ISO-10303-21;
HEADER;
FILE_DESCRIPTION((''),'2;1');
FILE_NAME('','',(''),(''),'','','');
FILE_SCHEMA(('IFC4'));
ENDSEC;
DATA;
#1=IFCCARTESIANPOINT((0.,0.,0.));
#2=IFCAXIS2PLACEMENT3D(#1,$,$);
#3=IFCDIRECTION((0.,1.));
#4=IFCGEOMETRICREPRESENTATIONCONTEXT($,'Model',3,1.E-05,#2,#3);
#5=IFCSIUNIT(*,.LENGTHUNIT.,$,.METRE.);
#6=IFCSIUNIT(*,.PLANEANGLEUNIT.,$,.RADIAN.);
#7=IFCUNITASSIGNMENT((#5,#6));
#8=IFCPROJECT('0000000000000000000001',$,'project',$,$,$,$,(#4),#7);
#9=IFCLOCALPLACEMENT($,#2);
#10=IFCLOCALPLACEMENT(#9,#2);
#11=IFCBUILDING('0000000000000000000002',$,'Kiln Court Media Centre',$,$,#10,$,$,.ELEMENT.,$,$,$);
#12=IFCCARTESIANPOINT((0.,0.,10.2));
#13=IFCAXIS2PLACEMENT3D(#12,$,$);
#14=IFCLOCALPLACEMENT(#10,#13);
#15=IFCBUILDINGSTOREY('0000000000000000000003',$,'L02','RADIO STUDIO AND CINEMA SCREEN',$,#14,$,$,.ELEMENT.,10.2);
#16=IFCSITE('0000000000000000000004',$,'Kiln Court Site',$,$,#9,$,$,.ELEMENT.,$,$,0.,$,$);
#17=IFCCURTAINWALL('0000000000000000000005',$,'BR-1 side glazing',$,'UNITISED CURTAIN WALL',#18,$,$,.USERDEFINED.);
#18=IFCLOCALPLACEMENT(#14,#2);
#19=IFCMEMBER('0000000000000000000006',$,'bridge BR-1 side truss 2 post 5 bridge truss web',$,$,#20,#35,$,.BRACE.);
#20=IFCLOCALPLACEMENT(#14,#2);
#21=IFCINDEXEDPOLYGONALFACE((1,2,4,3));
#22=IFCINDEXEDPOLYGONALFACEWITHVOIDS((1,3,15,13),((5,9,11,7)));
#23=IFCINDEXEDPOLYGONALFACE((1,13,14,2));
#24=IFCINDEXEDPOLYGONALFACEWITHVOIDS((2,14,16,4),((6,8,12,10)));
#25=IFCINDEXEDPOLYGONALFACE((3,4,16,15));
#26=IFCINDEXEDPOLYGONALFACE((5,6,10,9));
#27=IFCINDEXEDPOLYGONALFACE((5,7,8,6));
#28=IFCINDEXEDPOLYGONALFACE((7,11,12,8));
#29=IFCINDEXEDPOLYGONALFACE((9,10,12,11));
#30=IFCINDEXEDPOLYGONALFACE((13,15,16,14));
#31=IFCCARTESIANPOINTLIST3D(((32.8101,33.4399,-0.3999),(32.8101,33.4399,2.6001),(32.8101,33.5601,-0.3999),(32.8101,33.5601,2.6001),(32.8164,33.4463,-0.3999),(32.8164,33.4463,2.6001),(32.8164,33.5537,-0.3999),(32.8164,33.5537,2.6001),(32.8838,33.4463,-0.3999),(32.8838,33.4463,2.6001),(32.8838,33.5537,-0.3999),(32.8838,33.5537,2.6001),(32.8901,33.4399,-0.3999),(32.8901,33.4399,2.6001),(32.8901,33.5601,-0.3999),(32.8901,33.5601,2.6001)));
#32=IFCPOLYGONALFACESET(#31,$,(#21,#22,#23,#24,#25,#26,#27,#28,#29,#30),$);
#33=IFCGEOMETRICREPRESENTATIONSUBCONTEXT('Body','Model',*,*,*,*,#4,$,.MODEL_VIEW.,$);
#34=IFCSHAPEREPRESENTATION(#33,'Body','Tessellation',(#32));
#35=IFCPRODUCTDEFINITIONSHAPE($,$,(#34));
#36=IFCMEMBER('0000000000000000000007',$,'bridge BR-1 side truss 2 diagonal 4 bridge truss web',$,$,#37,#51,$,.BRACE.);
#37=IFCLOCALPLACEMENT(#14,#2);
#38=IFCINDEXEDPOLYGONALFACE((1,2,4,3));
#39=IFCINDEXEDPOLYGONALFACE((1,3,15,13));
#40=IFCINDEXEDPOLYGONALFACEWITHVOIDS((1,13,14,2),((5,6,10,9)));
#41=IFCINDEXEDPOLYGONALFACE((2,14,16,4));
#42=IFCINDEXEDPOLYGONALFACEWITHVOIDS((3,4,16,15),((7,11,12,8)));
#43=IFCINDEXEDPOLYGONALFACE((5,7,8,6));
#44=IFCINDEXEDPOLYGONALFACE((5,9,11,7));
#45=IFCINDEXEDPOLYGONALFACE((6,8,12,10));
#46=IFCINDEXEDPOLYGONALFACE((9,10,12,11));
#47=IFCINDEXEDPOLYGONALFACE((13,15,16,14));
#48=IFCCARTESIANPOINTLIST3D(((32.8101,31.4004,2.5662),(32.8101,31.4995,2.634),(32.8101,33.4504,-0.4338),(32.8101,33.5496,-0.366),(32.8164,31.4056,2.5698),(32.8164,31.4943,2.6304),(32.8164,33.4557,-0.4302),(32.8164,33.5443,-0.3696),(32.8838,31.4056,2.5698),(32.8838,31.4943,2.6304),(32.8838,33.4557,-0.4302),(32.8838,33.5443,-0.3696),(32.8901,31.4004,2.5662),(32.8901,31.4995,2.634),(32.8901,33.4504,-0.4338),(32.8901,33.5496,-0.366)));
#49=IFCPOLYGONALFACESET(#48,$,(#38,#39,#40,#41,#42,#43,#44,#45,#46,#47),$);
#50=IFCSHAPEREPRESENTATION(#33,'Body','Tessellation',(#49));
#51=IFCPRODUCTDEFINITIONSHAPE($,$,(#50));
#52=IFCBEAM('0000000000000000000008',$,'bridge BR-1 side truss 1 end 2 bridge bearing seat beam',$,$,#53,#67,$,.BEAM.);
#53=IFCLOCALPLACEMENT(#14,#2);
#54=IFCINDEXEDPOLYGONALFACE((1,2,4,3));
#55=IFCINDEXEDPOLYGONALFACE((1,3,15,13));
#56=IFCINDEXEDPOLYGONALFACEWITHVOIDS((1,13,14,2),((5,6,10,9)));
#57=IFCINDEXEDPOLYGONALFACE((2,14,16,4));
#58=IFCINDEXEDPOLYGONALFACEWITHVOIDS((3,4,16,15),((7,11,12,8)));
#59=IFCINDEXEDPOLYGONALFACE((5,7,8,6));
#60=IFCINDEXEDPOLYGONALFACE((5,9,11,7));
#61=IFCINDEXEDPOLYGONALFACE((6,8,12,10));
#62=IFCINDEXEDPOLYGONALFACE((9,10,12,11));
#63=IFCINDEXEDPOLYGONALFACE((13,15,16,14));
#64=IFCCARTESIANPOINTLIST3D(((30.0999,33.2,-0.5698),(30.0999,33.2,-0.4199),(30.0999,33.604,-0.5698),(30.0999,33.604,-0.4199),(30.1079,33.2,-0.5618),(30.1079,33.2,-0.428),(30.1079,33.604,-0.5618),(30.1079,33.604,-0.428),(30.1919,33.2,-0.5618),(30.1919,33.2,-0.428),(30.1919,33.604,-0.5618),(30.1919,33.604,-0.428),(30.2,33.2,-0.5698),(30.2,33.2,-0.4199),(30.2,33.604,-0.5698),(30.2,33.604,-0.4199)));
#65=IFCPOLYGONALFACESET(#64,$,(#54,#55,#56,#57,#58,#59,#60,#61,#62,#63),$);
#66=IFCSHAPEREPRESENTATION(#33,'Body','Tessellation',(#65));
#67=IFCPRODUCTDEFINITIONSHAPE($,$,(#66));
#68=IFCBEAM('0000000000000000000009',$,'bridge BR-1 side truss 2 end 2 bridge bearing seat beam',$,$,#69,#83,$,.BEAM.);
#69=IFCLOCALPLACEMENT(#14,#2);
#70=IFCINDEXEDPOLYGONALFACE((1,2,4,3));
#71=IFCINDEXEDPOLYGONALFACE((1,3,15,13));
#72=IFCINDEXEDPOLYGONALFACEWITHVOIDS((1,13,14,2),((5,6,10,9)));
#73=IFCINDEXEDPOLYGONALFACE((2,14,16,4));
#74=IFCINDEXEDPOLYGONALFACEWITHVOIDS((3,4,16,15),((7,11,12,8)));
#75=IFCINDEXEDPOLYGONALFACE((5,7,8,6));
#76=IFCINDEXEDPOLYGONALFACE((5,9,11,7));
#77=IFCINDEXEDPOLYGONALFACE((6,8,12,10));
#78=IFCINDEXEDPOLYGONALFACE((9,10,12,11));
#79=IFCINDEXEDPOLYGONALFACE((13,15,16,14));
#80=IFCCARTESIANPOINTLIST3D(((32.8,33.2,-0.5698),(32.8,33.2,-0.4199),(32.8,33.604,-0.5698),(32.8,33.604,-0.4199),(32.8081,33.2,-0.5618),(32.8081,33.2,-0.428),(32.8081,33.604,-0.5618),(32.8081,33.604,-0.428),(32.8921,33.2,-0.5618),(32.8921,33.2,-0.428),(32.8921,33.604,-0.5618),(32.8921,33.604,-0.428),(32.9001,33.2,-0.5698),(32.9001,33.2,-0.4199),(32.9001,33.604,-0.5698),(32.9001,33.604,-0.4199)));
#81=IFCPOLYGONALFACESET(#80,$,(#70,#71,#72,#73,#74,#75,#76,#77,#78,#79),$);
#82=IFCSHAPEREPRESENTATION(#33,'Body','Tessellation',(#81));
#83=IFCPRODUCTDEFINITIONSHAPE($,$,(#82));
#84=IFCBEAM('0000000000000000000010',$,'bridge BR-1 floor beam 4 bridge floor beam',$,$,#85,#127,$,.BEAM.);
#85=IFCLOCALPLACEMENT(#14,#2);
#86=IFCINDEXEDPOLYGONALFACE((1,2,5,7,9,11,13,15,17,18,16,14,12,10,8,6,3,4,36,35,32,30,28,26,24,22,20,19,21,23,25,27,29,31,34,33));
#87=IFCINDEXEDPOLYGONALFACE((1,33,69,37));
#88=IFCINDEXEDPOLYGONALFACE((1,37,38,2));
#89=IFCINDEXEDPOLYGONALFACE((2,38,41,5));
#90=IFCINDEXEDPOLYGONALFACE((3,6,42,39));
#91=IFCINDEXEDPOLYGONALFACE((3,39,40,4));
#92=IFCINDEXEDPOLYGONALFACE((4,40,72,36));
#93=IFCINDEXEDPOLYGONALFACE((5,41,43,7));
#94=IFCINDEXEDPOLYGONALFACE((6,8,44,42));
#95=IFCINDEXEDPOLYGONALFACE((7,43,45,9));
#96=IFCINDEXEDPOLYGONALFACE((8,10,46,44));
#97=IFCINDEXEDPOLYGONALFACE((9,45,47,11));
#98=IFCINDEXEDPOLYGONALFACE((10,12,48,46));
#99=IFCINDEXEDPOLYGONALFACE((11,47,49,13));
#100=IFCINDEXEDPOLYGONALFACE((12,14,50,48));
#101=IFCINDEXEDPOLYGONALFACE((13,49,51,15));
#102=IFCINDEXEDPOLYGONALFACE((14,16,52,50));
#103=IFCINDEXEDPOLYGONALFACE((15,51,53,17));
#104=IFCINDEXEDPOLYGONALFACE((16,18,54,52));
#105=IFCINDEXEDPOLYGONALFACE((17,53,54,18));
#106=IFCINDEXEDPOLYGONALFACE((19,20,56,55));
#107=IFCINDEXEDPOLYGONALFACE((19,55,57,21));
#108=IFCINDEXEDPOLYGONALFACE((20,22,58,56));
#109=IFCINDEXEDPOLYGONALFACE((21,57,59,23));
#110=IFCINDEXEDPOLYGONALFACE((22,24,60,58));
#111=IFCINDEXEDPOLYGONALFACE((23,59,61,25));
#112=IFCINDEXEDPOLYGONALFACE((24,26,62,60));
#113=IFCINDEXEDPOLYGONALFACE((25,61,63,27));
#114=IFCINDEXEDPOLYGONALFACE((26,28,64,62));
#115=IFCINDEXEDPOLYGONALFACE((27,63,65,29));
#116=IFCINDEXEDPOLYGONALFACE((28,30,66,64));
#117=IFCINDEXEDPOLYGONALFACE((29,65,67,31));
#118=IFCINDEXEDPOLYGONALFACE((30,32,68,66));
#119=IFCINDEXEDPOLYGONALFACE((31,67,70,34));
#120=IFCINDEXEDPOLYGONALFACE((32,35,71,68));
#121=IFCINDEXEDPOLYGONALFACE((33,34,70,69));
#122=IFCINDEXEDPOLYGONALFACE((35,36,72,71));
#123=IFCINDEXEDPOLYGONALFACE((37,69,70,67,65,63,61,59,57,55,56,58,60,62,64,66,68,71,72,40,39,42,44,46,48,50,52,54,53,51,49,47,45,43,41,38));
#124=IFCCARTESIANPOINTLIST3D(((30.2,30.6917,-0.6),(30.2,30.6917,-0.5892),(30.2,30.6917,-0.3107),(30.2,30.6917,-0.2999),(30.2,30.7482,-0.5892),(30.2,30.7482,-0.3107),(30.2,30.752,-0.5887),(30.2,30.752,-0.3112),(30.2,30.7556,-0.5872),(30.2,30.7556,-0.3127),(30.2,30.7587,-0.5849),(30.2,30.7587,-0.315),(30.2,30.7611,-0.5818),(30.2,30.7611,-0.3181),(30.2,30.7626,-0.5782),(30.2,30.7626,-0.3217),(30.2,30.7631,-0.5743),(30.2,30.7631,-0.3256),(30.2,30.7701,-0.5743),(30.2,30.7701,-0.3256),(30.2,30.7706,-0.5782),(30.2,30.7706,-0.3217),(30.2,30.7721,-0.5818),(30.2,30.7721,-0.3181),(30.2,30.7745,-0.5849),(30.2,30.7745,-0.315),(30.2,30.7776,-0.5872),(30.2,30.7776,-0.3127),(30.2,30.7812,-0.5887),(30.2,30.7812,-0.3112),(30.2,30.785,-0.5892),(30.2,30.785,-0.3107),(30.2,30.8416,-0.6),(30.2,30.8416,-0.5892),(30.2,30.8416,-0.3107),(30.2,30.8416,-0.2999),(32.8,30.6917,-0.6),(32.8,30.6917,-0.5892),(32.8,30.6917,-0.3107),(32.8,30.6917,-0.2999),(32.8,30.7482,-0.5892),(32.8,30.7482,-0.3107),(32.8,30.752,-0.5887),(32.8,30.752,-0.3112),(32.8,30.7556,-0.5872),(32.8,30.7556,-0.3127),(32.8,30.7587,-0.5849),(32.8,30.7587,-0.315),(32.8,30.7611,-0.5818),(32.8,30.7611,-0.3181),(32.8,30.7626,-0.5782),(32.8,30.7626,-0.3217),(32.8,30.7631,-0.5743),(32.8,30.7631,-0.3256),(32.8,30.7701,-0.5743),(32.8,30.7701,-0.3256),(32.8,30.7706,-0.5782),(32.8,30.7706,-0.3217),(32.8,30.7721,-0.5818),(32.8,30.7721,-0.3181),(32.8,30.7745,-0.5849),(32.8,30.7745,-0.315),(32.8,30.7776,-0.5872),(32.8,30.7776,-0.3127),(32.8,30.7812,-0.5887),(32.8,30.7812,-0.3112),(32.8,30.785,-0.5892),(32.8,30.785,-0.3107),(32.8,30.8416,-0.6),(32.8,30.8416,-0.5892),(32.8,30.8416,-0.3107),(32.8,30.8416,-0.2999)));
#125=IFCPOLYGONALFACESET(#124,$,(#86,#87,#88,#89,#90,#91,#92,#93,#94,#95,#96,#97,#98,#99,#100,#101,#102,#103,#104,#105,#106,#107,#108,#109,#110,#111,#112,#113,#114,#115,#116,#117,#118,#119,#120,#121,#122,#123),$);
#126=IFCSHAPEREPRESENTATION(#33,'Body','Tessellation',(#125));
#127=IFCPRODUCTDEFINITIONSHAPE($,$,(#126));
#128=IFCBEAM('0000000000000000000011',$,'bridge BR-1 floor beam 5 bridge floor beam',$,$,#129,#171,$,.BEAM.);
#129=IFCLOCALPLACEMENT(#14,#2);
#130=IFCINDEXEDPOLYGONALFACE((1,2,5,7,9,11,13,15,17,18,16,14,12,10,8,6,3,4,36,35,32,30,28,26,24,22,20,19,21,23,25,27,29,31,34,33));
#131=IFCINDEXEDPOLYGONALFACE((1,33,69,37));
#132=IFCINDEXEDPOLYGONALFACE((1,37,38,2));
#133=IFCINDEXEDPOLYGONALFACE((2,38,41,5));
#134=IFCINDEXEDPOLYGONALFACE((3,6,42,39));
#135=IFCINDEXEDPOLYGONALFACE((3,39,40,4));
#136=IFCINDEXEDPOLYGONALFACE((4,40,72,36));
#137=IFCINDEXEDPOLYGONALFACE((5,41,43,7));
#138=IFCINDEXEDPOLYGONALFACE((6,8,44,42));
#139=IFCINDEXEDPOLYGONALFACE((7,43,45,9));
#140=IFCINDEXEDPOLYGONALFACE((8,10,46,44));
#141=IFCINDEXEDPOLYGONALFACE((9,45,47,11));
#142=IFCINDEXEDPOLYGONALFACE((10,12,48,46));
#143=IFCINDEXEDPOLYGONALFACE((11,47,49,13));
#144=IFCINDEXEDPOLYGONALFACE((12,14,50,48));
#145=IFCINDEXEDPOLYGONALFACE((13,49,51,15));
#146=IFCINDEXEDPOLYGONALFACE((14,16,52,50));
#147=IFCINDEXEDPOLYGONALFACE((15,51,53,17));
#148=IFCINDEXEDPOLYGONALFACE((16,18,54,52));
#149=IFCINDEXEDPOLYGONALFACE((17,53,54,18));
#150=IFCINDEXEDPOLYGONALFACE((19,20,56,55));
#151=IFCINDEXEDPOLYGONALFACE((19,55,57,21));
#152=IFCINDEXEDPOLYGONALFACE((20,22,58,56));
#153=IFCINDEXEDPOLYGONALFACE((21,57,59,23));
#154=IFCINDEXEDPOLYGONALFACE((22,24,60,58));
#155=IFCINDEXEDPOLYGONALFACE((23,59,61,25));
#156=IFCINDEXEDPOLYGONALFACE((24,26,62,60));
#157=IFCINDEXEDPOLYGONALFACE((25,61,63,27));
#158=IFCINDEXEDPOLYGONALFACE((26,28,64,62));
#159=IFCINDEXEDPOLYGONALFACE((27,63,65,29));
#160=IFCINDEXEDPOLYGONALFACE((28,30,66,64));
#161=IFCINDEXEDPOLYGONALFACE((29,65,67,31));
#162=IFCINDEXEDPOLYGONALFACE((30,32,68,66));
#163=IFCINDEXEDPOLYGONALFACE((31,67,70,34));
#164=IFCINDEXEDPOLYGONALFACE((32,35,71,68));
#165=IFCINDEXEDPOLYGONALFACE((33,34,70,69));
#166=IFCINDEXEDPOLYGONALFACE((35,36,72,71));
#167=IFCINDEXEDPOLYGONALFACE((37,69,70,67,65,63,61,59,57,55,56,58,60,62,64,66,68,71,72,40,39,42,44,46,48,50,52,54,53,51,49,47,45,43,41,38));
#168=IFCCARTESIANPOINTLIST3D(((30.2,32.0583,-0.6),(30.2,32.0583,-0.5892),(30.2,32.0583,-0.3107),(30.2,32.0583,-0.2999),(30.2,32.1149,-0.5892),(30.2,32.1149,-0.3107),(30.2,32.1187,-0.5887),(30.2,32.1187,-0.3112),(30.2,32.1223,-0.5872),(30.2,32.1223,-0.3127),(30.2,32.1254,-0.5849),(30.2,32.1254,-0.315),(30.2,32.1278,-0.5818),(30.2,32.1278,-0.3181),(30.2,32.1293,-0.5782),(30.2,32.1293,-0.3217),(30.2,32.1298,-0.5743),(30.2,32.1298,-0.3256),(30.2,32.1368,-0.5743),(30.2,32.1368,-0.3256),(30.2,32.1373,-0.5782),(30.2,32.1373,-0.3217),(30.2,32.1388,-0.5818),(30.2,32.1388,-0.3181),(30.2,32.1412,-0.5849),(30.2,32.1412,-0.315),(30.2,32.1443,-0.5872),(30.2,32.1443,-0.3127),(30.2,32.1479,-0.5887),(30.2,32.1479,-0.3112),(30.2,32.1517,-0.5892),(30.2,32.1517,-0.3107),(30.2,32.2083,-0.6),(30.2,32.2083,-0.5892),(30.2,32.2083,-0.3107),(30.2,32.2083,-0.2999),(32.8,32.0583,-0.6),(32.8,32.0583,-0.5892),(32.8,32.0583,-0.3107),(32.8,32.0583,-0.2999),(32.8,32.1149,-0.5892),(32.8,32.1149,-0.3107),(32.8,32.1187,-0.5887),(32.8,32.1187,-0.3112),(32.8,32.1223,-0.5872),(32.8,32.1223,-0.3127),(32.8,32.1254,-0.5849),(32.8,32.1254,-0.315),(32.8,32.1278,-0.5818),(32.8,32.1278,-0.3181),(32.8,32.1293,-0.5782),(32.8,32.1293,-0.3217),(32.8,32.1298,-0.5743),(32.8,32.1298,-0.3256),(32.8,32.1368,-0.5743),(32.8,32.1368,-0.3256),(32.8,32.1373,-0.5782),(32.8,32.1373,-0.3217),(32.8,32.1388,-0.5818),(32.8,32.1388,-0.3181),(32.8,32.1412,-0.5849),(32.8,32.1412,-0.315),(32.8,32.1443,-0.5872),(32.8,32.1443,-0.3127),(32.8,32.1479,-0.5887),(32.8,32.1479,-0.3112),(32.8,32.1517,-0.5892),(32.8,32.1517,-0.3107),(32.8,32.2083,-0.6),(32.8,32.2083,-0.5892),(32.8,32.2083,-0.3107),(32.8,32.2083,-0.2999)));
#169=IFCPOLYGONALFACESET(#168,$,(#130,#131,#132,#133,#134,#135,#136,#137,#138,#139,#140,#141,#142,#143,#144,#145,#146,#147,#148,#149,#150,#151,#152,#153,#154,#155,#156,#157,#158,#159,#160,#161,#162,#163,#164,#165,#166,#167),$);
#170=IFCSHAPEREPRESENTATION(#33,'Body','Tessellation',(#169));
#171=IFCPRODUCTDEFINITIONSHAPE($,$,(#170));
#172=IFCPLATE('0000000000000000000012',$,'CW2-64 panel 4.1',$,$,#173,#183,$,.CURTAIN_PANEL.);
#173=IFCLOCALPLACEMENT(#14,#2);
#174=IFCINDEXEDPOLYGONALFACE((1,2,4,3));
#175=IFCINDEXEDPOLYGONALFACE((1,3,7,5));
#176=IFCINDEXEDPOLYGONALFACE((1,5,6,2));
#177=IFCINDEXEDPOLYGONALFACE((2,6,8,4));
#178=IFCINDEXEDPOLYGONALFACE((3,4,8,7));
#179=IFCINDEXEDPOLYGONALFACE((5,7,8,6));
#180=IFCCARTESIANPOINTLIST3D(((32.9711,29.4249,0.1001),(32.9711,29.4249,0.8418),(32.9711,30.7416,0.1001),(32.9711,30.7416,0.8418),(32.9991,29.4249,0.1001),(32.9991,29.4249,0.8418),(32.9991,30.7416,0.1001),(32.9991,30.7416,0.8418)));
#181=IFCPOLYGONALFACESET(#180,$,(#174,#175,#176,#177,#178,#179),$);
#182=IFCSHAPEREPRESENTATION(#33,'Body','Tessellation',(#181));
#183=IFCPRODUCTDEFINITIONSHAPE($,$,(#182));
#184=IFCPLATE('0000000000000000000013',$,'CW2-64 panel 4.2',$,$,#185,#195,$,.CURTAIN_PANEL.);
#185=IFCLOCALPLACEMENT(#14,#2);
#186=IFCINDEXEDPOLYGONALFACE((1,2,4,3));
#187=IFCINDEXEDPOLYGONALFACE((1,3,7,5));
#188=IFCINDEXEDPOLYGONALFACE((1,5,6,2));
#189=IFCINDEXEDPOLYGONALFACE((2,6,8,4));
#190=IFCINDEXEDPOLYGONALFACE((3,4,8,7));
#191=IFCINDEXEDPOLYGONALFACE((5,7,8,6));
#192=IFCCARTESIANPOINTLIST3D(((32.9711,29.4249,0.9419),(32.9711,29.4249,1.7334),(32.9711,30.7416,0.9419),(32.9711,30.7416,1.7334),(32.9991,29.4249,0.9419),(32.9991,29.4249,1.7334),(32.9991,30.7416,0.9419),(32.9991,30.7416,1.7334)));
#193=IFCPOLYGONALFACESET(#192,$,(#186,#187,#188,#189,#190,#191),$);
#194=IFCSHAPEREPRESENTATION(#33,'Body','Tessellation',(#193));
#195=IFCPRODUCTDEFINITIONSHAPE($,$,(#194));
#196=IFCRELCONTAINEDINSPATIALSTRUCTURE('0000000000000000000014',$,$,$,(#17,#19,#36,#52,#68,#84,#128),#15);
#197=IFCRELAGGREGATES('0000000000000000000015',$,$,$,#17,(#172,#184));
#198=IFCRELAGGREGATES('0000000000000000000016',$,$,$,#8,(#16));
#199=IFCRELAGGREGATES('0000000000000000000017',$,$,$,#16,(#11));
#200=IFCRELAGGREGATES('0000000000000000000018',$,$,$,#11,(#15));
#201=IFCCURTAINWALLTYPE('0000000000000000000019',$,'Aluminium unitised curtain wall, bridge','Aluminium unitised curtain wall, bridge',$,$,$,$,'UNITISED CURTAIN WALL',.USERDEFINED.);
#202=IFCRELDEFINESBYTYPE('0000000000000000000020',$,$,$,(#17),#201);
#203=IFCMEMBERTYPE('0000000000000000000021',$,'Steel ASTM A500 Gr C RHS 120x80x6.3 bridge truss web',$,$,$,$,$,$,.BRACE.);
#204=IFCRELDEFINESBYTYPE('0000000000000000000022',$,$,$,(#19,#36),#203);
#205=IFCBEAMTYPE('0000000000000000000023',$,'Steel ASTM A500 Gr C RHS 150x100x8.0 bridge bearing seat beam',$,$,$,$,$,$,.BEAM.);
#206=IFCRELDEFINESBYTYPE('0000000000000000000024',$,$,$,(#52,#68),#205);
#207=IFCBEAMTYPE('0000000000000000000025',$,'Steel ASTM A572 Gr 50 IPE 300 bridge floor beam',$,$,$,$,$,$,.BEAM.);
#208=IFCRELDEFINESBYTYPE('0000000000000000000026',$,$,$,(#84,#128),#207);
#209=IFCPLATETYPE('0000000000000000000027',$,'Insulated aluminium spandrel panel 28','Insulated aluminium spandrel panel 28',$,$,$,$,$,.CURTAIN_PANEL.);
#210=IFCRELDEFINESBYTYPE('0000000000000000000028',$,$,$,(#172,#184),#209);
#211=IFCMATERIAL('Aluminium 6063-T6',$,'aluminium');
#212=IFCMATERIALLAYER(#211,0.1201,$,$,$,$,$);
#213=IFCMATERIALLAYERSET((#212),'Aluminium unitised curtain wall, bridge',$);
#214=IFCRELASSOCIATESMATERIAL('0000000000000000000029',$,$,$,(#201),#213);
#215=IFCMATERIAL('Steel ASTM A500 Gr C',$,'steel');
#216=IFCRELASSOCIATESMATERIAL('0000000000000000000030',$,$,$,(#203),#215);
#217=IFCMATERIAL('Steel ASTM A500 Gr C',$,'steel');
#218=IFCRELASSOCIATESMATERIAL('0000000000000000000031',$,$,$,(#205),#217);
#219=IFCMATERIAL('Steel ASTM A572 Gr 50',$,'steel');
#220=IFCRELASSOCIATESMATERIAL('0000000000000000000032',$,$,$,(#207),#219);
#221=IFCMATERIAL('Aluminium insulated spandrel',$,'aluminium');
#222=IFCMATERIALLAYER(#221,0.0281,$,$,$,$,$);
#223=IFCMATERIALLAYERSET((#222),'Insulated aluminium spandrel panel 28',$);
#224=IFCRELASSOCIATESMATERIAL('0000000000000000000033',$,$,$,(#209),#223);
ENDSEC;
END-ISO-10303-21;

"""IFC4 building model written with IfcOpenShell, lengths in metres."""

from ifc_helpers import new_model, si_unit, direction, frame, origin, origin_2d, place, context, subcontext, project, spatial, rectangle, hollow_rectangle, i_section, extrude, material, layer, layer_set, material_profile, profile_set, type_object, element, aggregate, save


model = new_model("IFC4")

# Units and contexts
model_context = context("Model", 3, precision=1e-05, world=origin(), true_north=direction((0.0, 1.0)))
body_context = subcontext(model_context, "Body", "Model", "MODEL_VIEW")
ifc_project = project(units=[si_unit("LENGTHUNIT", "METRE"), si_unit("PLANEANGLEUNIT", "RADIAN")], contexts=[model_context])

# Site, building, storey
site_placement = place(None, origin())
site = spatial("IfcSite", under=ifc_project, at=site_placement, Name="Kiln Court Site", CompositionType="ELEMENT", RefElevation=0.0)
building_placement = place(site_placement, origin())
building = spatial("IfcBuilding", under=site, at=building_placement, Name="Kiln Court Media Centre", CompositionType="ELEMENT")
storey_placement = place(building_placement, frame((0.0, 0.0, 10.2)))
storey = spatial("IfcBuildingStorey", under=building, at=storey_placement, Name="L02", Description="RADIO STUDIO AND CINEMA SCREEN", CompositionType="ELEMENT", Elevation=10.2)

# Shared definitions
ifc_material_1 = material(Name="Aluminium 6063-T6", Category="aluminium")
ifc_layer_1 = layer(ifc_material_1, 0.1201)
ifc_layer_set_1 = layer_set([ifc_layer_1], Name="Aluminium unitised curtain wall, bridge")
curtain_wall_type = type_object("IfcCurtainWallType", Name="Aluminium unitised curtain wall, bridge", Description="Aluminium unitised curtain wall, bridge", ElementType="UNITISED CURTAIN WALL", PredefinedType="USERDEFINED", material=ifc_layer_set_1)

# Curtain wall
curtain_wall_1_placement = place(storey_placement, origin())
curtain_wall_1 = element("IfcCurtainWall", 1, at=curtain_wall_1_placement, inside=storey, type_object=curtain_wall_type, Name="BR-1 side glazing", ObjectType="UNITISED CURTAIN WALL", PredefinedType="USERDEFINED")

# Members
ifc_material_2 = material(Name="Steel ASTM A500 Gr C", Category="steel")
ifc_material_profile_1 = material_profile(ifc_material_2, hollow_rectangle(XDim=0.0801, YDim=0.1201, WallThickness=0.0063, at=origin_2d()), Name="RHS 120x80x6.3")
ifc_profile_set_1 = profile_set([ifc_material_profile_1], Name="Steel ASTM A500 Gr C")
member_type_1 = type_object("IfcMemberType", Name="Steel ASTM A500 Gr C RHS 120x80x6.3 bridge truss web", PredefinedType="BRACE", material=ifc_profile_set_1)
for number, where, z_axis, x_axis, name in (
    (2, (32.8501, 33.5, -0.3999), (0.0, 0.0, 1.0), (1.0, 0.0, 0.0), "bridge BR-1 side truss 2 post 5 bridge truss web"),
):
    element("IfcMember", number, at=place(storey_placement, frame(where, z_axis=z_axis, x_axis=x_axis)), inside=storey, type_object=member_type_1, Name=name, PredefinedType="BRACE", context=body_context, shape_type="SweptSolid", body=[
        extrude(hollow_rectangle(XDim=0.0801, YDim=0.1201, WallThickness=0.0063, at=origin_2d()), origin(), (0.0, 0.0, 1.0), 3.0),
    ])
member_1_placement = place(storey_placement, frame((32.8501, 31.45, 2.6001), z_axis=(0.0, 0.5642, -0.825638), x_axis=(-1.0, 0.0, 0.0)))
element("IfcMember", 3, at=member_1_placement, inside=storey, type_object=member_type_1, Name="bridge BR-1 side truss 2 diagonal 4 bridge truss web", PredefinedType="BRACE", context=body_context, shape_type="SweptSolid", body=[
    extrude(hollow_rectangle(XDim=0.0801, YDim=0.1201, WallThickness=0.0063, at=origin_2d()), origin(), (0.0, 0.0, 1.0), 3.6335),
])

# Beams
ifc_material_3 = material(Name="Steel ASTM A500 Gr C", Category="steel")
ifc_material_profile_2 = material_profile(ifc_material_3, hollow_rectangle(XDim=0.1001, YDim=0.1499, WallThickness=0.0081, at=origin_2d()), Name="RHS 150x100x8.0")
ifc_profile_set_2 = profile_set([ifc_material_profile_2], Name="Steel ASTM A500 Gr C")
beam_type_1 = type_object("IfcBeamType", Name="Steel ASTM A500 Gr C RHS 150x100x8.0 bridge bearing seat beam", PredefinedType="BEAM", material=ifc_profile_set_2)
for number, where, z_axis, x_axis, name in (
    (4, (30.1499, 33.604, -0.4949), (0.0, -1.0, 0.0), (1.0, 0.0, 0.0), "bridge BR-1 side truss 1 end 2 bridge bearing seat beam"),
    (5, (32.8501, 33.604, -0.4949), (0.0, -1.0, 0.0), (1.0, 0.0, 0.0), "bridge BR-1 side truss 2 end 2 bridge bearing seat beam"),
):
    element("IfcBeam", number, at=place(storey_placement, frame(where, z_axis=z_axis, x_axis=x_axis)), inside=storey, type_object=beam_type_1, Name=name, PredefinedType="BEAM", context=body_context, shape_type="SweptSolid", body=[
        extrude(hollow_rectangle(XDim=0.1001, YDim=0.1499, WallThickness=0.0081, at=origin_2d()), origin(), (0.0, 0.0, 1.0), 0.4041),
    ])
ifc_material_4 = material(Name="Steel ASTM A572 Gr 50", Category="steel")
ifc_material_profile_3 = material_profile(ifc_material_4, i_section(OverallWidth=0.1499, OverallDepth=0.3, WebThickness=0.0071, FlangeThickness=0.0107, FilletRadius=0.0149, at=origin_2d()), Name="IPE 300")
ifc_profile_set_3 = profile_set([ifc_material_profile_3], Name="Steel ASTM A572 Gr 50")
beam_type_2 = type_object("IfcBeamType", Name="Steel ASTM A572 Gr 50 IPE 300 bridge floor beam", PredefinedType="BEAM", material=ifc_profile_set_3)
for number, where, z_axis, x_axis, name in (
    (6, (30.2, 30.7666, -0.45), (1.0, 0.0, 0.0), (0.0, 1.0, 0.0), "bridge BR-1 floor beam 4 bridge floor beam"),
    (7, (30.2, 32.1333, -0.45), (1.0, 0.0, 0.0), (0.0, 1.0, 0.0), "bridge BR-1 floor beam 5 bridge floor beam"),
):
    element("IfcBeam", number, at=place(storey_placement, frame(where, z_axis=z_axis, x_axis=x_axis)), inside=storey, type_object=beam_type_2, Name=name, PredefinedType="BEAM", context=body_context, shape_type="SweptSolid", body=[
        extrude(i_section(OverallWidth=0.1499, OverallDepth=0.3, WebThickness=0.0071, FlangeThickness=0.0107, FilletRadius=0.0149, at=origin_2d()), origin(), (0.0, 0.0, 1.0), 2.6001),
    ])

# Plates
ifc_material_5 = material(Name="Aluminium insulated spandrel", Category="aluminium")
ifc_layer_2 = layer(ifc_material_5, 0.0281)
ifc_layer_set_2 = layer_set([ifc_layer_2], Name="Insulated aluminium spandrel panel 28")
plate_type_1 = type_object("IfcPlateType", Name="Insulated aluminium spandrel panel 28", Description="Insulated aluminium spandrel panel 28", PredefinedType="CURTAIN_PANEL", material=ifc_layer_set_2)
plate_1_placement = place(storey_placement, frame((32.9851, 30.0833, 0.1001), z_axis=(0.0, 0.0, 1.0), x_axis=(0.0, 1.0, 0.0)))
plate_1 = element("IfcPlate", 8, at=plate_1_placement, type_object=plate_type_1, Name="CW2-64 panel 4.1", PredefinedType="CURTAIN_PANEL", context=body_context, shape_type="SweptSolid", body=[
    extrude(rectangle(XDim=1.3167, YDim=0.0281, at=origin_2d()), origin(), (0.0, 0.0, 1.0), 0.7417),
])
plate_2_placement = place(storey_placement, frame((32.9851, 30.0833, 0.9419), z_axis=(0.0, 0.0, 1.0), x_axis=(0.0, 1.0, 0.0)))
plate_2 = element("IfcPlate", 9, at=plate_2_placement, type_object=plate_type_1, Name="CW2-64 panel 4.2", PredefinedType="CURTAIN_PANEL", context=body_context, shape_type="SweptSolid", body=[
    extrude(rectangle(XDim=1.3167, YDim=0.0281, at=origin_2d()), origin(), (0.0, 0.0, 1.0), 0.7915),
])
aggregate(curtain_wall_1, [plate_1, plate_2])

save(model, "model.ifc")
